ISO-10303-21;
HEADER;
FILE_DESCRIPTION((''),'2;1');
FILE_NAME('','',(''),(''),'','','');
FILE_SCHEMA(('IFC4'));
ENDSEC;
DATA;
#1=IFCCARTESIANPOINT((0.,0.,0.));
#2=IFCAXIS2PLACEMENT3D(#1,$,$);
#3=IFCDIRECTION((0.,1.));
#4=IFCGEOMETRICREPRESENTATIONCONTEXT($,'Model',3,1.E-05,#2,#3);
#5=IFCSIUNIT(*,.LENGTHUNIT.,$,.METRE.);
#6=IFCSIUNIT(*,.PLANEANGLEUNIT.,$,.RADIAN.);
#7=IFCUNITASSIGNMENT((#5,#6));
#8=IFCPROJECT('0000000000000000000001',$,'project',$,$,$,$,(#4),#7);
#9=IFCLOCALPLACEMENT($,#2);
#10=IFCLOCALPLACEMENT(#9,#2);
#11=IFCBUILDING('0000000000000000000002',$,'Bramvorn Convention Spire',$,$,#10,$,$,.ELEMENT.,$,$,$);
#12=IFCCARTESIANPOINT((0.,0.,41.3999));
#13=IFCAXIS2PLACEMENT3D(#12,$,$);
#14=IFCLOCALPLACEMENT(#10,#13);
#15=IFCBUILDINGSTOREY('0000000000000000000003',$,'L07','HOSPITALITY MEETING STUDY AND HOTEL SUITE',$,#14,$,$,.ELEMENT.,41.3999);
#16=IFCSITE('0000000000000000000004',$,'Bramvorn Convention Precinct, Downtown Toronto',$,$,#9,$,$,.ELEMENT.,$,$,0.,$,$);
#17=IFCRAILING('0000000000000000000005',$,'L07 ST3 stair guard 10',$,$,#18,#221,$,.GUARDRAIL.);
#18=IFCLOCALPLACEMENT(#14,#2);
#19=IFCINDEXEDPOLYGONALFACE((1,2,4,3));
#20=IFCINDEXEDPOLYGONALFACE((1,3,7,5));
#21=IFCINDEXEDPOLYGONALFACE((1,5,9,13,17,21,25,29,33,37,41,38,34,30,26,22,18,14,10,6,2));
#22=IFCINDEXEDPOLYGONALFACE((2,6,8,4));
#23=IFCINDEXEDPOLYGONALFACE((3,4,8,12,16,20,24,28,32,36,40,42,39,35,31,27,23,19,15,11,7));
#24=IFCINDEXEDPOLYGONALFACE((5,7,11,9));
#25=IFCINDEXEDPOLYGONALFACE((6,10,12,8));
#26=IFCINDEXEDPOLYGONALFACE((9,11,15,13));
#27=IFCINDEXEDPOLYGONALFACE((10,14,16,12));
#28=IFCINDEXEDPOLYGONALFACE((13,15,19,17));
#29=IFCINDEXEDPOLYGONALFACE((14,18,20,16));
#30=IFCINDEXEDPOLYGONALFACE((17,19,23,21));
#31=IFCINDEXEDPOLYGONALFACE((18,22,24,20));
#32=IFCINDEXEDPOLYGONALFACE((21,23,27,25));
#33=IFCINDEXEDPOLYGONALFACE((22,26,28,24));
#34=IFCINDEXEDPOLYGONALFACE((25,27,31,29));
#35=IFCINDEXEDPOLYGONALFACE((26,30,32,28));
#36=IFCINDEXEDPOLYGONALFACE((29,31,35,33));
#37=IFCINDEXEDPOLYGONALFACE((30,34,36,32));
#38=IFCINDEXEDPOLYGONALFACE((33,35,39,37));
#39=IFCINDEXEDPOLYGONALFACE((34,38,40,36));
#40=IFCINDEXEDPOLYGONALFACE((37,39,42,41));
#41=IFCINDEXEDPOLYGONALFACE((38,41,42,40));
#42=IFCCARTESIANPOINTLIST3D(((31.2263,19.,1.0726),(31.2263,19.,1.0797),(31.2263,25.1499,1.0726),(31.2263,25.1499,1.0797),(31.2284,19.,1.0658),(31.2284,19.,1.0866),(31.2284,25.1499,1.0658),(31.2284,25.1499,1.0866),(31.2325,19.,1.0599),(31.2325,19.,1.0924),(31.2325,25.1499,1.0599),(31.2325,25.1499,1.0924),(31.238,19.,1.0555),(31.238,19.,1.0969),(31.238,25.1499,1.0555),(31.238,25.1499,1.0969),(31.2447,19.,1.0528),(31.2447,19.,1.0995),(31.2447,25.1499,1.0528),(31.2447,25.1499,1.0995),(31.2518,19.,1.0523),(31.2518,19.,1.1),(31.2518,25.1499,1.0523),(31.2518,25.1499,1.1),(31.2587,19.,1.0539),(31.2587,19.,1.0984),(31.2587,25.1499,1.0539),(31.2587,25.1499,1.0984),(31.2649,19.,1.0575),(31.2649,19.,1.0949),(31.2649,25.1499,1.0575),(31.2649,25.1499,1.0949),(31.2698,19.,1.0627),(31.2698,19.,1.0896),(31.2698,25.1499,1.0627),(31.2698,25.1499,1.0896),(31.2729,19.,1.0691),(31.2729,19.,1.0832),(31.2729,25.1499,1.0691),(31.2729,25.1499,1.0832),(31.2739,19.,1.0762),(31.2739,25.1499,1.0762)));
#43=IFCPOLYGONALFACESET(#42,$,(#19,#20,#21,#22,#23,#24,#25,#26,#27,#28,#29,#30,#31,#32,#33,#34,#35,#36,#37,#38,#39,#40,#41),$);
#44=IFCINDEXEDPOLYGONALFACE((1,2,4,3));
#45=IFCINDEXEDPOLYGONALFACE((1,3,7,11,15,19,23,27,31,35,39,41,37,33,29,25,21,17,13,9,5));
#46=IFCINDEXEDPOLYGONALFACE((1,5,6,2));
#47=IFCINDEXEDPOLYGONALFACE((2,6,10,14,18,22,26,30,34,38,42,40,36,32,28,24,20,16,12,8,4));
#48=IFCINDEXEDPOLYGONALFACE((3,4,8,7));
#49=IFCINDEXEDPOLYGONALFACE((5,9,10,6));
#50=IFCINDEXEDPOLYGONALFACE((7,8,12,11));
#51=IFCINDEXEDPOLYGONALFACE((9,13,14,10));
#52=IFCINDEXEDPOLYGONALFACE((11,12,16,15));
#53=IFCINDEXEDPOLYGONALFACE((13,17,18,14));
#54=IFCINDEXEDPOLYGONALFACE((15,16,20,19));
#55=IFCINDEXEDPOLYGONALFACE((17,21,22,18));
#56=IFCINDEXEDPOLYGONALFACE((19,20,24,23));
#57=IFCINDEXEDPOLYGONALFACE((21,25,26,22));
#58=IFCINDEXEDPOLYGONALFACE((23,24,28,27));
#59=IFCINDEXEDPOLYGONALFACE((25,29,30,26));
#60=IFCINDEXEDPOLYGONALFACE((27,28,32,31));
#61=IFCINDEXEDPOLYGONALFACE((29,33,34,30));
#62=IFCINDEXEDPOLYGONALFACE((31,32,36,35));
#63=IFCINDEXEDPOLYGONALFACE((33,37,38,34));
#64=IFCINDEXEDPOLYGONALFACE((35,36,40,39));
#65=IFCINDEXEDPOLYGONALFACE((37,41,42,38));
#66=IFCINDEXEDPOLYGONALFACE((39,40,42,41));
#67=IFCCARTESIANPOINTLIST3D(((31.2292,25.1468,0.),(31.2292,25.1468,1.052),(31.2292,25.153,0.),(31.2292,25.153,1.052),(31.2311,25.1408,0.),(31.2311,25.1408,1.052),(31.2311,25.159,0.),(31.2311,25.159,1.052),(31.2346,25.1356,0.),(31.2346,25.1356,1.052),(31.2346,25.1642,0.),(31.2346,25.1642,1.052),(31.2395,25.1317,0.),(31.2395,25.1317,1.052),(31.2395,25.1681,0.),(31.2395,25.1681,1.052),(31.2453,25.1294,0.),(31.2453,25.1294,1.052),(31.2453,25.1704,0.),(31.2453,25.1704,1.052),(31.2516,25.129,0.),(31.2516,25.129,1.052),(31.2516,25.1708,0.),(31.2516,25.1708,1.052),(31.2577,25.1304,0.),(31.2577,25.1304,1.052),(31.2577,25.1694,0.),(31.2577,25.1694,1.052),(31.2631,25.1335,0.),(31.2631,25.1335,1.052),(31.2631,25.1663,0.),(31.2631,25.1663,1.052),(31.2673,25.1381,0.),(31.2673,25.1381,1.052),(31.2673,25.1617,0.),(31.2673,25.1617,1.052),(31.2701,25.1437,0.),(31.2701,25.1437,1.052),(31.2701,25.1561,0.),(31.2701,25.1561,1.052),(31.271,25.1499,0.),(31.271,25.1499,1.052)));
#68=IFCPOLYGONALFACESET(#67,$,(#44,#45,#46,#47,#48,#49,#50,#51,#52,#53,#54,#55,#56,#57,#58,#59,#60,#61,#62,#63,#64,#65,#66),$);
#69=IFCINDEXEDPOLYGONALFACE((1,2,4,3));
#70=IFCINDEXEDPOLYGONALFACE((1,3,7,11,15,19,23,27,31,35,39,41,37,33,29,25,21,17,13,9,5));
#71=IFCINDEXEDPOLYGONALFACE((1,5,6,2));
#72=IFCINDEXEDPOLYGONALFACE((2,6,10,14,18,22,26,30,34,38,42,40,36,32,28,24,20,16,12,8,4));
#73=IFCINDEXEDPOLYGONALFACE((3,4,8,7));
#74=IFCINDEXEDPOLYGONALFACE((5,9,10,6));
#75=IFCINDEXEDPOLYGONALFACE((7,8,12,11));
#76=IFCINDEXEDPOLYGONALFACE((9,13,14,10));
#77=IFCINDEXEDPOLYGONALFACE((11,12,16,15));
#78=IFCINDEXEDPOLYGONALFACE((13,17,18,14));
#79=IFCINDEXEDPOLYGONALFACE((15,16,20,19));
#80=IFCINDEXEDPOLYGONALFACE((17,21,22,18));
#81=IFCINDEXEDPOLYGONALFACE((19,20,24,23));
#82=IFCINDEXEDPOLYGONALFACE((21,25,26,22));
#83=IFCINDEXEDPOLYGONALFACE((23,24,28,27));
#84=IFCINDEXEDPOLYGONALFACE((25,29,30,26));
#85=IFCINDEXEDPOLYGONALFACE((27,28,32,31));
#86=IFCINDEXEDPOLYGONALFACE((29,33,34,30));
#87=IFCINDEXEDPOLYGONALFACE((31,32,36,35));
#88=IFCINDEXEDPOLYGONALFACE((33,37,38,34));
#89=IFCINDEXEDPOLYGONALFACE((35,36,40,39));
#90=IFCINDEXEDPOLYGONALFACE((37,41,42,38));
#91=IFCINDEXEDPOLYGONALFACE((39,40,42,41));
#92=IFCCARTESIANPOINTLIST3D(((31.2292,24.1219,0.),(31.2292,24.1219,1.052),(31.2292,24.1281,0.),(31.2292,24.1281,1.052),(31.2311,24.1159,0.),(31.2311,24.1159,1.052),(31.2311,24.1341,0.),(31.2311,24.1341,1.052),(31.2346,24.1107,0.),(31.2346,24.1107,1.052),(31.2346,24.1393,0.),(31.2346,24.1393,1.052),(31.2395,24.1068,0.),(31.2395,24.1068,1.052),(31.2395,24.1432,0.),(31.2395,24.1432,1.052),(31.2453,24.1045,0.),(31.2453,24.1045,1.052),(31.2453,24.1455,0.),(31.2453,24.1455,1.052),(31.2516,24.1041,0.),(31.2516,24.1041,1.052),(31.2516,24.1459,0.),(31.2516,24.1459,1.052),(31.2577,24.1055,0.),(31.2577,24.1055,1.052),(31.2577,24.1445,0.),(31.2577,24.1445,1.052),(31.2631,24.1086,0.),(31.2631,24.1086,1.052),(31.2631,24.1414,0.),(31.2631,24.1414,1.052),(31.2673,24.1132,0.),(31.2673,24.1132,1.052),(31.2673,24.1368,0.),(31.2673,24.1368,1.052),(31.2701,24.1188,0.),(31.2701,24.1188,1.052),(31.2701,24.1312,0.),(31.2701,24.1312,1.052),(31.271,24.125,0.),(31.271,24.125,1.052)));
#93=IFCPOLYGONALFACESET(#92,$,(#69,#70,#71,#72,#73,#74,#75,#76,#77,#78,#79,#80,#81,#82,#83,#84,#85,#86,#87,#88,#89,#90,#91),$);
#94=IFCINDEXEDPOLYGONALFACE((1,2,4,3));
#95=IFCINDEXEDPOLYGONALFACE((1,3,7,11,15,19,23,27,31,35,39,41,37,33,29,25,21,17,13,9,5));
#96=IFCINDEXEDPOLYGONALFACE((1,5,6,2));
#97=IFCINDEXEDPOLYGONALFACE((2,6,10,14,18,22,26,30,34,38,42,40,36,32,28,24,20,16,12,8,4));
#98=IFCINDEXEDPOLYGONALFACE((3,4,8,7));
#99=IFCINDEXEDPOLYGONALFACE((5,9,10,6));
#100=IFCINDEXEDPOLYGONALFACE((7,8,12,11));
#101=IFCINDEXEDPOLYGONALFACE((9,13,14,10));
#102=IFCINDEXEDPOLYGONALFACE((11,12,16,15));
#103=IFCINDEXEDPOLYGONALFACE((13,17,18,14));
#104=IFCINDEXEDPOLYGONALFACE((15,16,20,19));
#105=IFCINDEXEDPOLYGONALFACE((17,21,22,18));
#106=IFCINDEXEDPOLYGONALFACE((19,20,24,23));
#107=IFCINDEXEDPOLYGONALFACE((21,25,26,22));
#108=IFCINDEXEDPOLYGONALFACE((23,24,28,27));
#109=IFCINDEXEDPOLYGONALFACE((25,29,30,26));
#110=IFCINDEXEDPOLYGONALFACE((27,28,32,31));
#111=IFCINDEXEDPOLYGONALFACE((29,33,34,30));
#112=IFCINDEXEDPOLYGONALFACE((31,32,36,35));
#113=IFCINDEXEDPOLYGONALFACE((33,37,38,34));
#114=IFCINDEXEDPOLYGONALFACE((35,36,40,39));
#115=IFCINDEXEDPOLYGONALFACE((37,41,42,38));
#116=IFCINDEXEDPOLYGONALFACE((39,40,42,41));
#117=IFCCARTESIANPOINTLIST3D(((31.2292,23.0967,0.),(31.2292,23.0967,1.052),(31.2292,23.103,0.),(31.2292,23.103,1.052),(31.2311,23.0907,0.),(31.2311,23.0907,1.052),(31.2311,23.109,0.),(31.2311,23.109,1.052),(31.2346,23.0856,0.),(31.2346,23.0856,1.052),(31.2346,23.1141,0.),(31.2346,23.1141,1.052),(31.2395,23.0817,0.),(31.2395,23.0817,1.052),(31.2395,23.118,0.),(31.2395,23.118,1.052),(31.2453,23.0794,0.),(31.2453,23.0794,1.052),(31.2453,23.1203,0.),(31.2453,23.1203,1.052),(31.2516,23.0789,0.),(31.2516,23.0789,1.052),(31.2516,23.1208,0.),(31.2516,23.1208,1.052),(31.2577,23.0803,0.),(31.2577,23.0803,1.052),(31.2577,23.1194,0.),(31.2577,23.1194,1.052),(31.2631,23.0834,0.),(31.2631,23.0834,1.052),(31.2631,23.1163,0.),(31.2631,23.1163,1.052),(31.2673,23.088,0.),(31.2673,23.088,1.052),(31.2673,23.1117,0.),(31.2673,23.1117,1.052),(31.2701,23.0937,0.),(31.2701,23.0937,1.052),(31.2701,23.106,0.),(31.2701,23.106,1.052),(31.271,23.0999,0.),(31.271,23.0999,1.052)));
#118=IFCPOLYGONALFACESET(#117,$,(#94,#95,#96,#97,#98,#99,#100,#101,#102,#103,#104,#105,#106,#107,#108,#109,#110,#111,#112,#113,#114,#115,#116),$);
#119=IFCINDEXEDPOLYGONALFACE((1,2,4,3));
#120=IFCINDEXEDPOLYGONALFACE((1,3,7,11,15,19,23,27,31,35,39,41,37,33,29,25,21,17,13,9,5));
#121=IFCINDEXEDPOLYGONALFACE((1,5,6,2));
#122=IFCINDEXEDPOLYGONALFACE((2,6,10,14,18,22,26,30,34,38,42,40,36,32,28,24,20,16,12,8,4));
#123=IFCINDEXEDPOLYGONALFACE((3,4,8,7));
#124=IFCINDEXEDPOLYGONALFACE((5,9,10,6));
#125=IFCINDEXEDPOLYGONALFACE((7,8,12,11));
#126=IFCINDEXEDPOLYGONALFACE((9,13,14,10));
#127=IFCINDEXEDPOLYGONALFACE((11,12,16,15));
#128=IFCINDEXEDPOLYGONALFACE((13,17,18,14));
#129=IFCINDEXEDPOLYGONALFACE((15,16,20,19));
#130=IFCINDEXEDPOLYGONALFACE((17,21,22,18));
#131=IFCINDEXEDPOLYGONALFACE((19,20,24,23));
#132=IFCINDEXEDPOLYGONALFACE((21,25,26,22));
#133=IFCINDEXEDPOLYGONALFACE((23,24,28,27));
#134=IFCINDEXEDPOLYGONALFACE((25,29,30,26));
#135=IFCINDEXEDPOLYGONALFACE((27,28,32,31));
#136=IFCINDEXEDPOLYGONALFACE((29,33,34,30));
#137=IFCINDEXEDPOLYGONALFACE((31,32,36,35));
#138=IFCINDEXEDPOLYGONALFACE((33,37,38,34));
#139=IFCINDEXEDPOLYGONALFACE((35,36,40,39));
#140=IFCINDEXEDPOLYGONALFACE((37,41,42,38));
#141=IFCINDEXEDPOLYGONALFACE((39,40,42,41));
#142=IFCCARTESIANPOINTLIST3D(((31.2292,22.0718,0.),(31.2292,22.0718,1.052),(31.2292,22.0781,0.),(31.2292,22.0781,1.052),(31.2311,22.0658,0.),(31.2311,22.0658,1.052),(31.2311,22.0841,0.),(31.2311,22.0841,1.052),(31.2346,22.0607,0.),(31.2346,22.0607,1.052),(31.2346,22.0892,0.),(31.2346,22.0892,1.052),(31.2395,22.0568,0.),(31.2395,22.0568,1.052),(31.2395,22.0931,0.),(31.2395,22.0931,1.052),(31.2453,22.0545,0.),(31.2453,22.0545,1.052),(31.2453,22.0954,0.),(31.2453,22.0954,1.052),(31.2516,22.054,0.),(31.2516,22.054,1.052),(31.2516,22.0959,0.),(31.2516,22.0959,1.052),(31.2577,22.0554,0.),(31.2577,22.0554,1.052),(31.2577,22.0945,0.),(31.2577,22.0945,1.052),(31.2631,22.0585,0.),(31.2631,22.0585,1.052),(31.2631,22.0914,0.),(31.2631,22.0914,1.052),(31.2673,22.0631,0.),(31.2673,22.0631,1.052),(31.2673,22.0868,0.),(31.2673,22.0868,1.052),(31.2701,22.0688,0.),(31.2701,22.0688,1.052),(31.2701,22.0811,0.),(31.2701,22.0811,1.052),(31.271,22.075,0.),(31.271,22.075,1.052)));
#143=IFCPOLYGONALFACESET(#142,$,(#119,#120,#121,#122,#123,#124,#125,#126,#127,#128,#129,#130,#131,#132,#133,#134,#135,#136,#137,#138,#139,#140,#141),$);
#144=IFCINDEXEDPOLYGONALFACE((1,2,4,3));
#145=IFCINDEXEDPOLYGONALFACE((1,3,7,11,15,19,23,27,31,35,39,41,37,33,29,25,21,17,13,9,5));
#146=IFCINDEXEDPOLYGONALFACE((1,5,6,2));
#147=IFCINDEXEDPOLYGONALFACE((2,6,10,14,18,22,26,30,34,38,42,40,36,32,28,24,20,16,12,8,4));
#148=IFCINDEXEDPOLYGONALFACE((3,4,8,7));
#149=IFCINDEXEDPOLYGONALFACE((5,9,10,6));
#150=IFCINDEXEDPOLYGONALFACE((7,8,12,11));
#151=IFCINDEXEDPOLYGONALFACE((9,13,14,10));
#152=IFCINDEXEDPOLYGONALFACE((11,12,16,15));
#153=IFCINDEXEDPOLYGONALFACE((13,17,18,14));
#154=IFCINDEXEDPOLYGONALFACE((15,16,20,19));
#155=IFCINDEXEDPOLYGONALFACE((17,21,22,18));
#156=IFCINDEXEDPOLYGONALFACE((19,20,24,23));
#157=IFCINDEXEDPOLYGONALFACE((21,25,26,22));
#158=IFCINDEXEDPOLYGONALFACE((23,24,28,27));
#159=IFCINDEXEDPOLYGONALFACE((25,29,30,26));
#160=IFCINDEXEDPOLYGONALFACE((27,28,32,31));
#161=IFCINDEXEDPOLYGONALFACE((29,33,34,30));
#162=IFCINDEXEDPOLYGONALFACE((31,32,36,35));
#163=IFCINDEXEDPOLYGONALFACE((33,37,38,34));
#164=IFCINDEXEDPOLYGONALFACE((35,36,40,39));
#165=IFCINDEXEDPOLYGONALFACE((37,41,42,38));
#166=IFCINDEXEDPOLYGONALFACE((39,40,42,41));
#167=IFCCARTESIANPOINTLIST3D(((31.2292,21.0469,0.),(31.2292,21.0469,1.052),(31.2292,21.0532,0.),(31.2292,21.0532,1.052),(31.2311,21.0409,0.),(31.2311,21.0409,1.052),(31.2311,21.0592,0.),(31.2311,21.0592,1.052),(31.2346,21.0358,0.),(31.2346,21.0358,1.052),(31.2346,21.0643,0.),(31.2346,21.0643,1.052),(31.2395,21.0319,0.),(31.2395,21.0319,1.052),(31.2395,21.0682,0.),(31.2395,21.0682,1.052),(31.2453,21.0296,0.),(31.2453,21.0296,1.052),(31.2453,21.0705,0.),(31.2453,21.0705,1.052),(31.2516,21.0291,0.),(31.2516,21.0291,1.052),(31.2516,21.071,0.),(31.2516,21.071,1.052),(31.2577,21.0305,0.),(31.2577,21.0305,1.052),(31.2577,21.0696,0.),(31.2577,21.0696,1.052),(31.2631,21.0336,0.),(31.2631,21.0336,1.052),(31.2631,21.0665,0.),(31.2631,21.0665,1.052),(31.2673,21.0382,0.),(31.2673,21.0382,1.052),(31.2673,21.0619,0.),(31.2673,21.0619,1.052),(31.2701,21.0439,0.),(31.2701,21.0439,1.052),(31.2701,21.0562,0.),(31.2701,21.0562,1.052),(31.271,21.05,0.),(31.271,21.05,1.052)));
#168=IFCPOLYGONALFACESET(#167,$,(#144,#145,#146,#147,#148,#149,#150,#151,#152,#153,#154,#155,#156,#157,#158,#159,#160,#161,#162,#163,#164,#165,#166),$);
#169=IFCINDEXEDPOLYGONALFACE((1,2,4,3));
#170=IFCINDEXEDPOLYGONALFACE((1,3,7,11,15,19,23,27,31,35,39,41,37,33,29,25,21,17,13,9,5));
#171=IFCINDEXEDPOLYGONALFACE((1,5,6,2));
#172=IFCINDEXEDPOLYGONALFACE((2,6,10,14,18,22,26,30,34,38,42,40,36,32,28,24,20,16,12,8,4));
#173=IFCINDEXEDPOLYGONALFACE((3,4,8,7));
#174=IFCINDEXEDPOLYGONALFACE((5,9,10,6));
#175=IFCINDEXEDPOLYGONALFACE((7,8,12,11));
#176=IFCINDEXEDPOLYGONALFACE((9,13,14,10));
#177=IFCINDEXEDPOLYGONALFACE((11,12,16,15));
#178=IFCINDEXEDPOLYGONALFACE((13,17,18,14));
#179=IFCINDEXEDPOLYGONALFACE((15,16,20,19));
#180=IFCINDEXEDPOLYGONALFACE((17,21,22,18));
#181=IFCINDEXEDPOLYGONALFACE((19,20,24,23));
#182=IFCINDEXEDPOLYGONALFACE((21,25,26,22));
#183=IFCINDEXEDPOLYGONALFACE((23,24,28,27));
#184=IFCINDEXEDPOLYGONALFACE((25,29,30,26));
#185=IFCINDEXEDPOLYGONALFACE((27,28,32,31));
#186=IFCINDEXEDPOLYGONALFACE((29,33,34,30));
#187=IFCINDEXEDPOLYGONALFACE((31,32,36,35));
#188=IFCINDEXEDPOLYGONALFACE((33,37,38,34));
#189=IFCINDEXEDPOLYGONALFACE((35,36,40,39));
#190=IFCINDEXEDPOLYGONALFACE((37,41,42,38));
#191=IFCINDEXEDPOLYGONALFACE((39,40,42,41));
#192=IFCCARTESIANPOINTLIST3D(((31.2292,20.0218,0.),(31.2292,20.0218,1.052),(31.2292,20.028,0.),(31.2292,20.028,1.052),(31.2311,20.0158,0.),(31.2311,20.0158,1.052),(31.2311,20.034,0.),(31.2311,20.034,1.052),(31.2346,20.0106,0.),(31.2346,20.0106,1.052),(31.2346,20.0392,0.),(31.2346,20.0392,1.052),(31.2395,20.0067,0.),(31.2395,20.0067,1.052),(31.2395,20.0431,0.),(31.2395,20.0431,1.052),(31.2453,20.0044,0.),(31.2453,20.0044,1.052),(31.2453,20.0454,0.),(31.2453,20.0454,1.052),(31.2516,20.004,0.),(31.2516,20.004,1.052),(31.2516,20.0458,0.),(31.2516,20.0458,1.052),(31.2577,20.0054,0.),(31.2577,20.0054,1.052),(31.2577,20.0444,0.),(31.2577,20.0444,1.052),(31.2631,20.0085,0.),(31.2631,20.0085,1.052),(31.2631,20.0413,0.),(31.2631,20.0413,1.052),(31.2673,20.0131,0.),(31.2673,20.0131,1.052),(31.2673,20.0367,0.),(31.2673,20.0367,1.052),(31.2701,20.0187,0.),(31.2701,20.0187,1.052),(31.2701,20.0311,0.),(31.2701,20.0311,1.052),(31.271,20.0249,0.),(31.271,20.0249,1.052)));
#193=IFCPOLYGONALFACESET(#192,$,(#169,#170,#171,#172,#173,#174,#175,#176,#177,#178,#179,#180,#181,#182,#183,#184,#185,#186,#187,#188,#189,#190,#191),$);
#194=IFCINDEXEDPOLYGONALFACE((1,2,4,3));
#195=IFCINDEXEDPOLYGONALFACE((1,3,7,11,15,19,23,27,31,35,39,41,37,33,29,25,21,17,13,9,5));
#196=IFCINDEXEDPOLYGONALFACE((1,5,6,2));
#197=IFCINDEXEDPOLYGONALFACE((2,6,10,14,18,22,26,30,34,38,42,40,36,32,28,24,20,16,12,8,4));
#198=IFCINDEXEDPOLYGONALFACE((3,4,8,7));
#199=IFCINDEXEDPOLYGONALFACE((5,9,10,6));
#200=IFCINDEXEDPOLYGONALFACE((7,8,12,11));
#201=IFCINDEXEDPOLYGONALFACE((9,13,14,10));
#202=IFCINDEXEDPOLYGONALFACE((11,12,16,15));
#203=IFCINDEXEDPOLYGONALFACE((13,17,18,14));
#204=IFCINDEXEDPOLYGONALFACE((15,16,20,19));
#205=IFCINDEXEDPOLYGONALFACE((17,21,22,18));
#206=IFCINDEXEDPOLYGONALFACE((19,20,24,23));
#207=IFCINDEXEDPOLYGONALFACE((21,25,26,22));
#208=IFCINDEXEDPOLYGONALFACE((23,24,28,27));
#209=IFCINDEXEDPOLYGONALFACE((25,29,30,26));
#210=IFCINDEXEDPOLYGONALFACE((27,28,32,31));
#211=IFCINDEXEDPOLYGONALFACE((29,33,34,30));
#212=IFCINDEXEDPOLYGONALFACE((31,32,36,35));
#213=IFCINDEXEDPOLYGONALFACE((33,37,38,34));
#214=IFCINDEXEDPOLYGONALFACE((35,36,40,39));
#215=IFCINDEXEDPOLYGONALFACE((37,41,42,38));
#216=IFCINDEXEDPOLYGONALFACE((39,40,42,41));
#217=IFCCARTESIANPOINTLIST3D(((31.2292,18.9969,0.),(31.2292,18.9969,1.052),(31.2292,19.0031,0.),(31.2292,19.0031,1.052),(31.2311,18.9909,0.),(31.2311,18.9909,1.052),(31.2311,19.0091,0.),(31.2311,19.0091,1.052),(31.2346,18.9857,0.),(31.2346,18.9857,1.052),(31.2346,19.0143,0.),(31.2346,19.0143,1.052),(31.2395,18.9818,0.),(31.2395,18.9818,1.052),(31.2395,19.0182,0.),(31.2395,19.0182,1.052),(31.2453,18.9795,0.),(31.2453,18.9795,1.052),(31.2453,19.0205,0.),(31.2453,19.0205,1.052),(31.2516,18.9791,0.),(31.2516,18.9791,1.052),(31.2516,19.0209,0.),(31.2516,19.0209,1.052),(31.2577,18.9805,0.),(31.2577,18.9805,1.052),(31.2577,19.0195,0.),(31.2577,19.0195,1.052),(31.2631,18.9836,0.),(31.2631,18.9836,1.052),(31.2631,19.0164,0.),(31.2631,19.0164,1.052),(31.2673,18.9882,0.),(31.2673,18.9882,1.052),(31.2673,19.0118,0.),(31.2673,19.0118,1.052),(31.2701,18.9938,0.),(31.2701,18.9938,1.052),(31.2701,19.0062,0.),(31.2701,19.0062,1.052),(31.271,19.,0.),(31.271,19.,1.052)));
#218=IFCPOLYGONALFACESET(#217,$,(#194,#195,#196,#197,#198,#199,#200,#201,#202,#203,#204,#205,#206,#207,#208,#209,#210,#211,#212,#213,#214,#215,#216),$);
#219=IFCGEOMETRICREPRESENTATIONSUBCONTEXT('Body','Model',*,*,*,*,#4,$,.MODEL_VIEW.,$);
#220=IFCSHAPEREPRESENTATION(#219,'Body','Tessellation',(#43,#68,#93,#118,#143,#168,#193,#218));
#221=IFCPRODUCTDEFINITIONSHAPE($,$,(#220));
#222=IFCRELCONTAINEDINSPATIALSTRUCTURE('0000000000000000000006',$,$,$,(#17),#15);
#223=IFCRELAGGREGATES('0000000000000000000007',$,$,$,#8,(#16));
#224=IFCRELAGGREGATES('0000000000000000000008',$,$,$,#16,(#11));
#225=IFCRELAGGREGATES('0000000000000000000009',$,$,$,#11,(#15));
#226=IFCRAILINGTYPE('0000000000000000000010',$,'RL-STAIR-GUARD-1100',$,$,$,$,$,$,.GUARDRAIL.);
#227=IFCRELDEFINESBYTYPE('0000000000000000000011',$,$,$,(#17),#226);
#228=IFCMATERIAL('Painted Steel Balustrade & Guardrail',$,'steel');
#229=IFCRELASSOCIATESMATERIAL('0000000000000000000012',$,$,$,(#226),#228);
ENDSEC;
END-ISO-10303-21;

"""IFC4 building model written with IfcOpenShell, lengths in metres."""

from ifc_helpers import new_model, si_unit, direction, frame, origin, origin_2d, place, context, subcontext, project, spatial, circle, extrude, material, type_object, element, save


model = new_model("IFC4")

# Units and contexts
model_context = context("Model", 3, precision=1e-05, world=origin(), true_north=direction((0.0, 1.0)))
body_context = subcontext(model_context, "Body", "Model", "MODEL_VIEW")
ifc_project = project(units=[si_unit("LENGTHUNIT", "METRE"), si_unit("PLANEANGLEUNIT", "RADIAN")], contexts=[model_context])

# Site, building, storey
site_placement = place(None, origin())
site = spatial("IfcSite", under=ifc_project, at=site_placement, Name="Bramvorn Convention Precinct, Downtown Toronto", CompositionType="ELEMENT", RefElevation=0.0)
building_placement = place(site_placement, origin())
building = spatial("IfcBuilding", under=site, at=building_placement, Name="Bramvorn Convention Spire", CompositionType="ELEMENT")
storey_placement = place(building_placement, frame((0.0, 0.0, 41.3999)))
storey = spatial("IfcBuildingStorey", under=building, at=storey_placement, Name="L07", Description="HOSPITALITY MEETING STUDY AND HOTEL SUITE", CompositionType="ELEMENT", Elevation=41.3999)

# Railing
ifc_material_1 = material(Name="Painted Steel Balustrade & Guardrail", Category="steel")
railing_type_1 = type_object("IfcRailingType", Name="RL-STAIR-GUARD-1100", PredefinedType="GUARDRAIL", material=ifc_material_1)
railing_1_placement = place(storey_placement, frame((31.25, 25.1499, 0.0)))
element("IfcRailing", 1, at=railing_1_placement, inside=storey, type_object=railing_type_1, Name="L07 ST3 stair guard 10", PredefinedType="GUARDRAIL", context=body_context, shape_type="SweptSolid", body=[
    extrude(circle(Radius=0.0239, at=origin_2d()), frame((0.0, 0.0, 1.0762), z_axis=(0.0, -1.0, 0.0), x_axis=(1.0, 0.0, 0.0)), (0.0, 0.0, 1.0), 6.1499),
    extrude(circle(Radius=0.021, at=origin_2d()), origin(), (0.0, 0.0, 1.0), 1.052),
    extrude(circle(Radius=0.021, at=origin_2d()), frame((0.0, -1.0249, 0.0)), (0.0, 0.0, 1.0), 1.052),
    extrude(circle(Radius=0.021, at=origin_2d()), frame((0.0, -2.05, 0.0)), (0.0, 0.0, 1.0), 1.052),
    extrude(circle(Radius=0.021, at=origin_2d()), frame((0.0, -3.075, 0.0)), (0.0, 0.0, 1.0), 1.052),
    extrude(circle(Radius=0.021, at=origin_2d()), frame((0.0, -4.0999, 0.0)), (0.0, 0.0, 1.0), 1.052),
    extrude(circle(Radius=0.021, at=origin_2d()), frame((0.0, -5.125, 0.0)), (0.0, 0.0, 1.0), 1.052),
    extrude(circle(Radius=0.021, at=origin_2d()), frame((0.0, -6.1499, 0.0)), (0.0, 0.0, 1.0), 1.052),
])

save(model, "model.ifc")
